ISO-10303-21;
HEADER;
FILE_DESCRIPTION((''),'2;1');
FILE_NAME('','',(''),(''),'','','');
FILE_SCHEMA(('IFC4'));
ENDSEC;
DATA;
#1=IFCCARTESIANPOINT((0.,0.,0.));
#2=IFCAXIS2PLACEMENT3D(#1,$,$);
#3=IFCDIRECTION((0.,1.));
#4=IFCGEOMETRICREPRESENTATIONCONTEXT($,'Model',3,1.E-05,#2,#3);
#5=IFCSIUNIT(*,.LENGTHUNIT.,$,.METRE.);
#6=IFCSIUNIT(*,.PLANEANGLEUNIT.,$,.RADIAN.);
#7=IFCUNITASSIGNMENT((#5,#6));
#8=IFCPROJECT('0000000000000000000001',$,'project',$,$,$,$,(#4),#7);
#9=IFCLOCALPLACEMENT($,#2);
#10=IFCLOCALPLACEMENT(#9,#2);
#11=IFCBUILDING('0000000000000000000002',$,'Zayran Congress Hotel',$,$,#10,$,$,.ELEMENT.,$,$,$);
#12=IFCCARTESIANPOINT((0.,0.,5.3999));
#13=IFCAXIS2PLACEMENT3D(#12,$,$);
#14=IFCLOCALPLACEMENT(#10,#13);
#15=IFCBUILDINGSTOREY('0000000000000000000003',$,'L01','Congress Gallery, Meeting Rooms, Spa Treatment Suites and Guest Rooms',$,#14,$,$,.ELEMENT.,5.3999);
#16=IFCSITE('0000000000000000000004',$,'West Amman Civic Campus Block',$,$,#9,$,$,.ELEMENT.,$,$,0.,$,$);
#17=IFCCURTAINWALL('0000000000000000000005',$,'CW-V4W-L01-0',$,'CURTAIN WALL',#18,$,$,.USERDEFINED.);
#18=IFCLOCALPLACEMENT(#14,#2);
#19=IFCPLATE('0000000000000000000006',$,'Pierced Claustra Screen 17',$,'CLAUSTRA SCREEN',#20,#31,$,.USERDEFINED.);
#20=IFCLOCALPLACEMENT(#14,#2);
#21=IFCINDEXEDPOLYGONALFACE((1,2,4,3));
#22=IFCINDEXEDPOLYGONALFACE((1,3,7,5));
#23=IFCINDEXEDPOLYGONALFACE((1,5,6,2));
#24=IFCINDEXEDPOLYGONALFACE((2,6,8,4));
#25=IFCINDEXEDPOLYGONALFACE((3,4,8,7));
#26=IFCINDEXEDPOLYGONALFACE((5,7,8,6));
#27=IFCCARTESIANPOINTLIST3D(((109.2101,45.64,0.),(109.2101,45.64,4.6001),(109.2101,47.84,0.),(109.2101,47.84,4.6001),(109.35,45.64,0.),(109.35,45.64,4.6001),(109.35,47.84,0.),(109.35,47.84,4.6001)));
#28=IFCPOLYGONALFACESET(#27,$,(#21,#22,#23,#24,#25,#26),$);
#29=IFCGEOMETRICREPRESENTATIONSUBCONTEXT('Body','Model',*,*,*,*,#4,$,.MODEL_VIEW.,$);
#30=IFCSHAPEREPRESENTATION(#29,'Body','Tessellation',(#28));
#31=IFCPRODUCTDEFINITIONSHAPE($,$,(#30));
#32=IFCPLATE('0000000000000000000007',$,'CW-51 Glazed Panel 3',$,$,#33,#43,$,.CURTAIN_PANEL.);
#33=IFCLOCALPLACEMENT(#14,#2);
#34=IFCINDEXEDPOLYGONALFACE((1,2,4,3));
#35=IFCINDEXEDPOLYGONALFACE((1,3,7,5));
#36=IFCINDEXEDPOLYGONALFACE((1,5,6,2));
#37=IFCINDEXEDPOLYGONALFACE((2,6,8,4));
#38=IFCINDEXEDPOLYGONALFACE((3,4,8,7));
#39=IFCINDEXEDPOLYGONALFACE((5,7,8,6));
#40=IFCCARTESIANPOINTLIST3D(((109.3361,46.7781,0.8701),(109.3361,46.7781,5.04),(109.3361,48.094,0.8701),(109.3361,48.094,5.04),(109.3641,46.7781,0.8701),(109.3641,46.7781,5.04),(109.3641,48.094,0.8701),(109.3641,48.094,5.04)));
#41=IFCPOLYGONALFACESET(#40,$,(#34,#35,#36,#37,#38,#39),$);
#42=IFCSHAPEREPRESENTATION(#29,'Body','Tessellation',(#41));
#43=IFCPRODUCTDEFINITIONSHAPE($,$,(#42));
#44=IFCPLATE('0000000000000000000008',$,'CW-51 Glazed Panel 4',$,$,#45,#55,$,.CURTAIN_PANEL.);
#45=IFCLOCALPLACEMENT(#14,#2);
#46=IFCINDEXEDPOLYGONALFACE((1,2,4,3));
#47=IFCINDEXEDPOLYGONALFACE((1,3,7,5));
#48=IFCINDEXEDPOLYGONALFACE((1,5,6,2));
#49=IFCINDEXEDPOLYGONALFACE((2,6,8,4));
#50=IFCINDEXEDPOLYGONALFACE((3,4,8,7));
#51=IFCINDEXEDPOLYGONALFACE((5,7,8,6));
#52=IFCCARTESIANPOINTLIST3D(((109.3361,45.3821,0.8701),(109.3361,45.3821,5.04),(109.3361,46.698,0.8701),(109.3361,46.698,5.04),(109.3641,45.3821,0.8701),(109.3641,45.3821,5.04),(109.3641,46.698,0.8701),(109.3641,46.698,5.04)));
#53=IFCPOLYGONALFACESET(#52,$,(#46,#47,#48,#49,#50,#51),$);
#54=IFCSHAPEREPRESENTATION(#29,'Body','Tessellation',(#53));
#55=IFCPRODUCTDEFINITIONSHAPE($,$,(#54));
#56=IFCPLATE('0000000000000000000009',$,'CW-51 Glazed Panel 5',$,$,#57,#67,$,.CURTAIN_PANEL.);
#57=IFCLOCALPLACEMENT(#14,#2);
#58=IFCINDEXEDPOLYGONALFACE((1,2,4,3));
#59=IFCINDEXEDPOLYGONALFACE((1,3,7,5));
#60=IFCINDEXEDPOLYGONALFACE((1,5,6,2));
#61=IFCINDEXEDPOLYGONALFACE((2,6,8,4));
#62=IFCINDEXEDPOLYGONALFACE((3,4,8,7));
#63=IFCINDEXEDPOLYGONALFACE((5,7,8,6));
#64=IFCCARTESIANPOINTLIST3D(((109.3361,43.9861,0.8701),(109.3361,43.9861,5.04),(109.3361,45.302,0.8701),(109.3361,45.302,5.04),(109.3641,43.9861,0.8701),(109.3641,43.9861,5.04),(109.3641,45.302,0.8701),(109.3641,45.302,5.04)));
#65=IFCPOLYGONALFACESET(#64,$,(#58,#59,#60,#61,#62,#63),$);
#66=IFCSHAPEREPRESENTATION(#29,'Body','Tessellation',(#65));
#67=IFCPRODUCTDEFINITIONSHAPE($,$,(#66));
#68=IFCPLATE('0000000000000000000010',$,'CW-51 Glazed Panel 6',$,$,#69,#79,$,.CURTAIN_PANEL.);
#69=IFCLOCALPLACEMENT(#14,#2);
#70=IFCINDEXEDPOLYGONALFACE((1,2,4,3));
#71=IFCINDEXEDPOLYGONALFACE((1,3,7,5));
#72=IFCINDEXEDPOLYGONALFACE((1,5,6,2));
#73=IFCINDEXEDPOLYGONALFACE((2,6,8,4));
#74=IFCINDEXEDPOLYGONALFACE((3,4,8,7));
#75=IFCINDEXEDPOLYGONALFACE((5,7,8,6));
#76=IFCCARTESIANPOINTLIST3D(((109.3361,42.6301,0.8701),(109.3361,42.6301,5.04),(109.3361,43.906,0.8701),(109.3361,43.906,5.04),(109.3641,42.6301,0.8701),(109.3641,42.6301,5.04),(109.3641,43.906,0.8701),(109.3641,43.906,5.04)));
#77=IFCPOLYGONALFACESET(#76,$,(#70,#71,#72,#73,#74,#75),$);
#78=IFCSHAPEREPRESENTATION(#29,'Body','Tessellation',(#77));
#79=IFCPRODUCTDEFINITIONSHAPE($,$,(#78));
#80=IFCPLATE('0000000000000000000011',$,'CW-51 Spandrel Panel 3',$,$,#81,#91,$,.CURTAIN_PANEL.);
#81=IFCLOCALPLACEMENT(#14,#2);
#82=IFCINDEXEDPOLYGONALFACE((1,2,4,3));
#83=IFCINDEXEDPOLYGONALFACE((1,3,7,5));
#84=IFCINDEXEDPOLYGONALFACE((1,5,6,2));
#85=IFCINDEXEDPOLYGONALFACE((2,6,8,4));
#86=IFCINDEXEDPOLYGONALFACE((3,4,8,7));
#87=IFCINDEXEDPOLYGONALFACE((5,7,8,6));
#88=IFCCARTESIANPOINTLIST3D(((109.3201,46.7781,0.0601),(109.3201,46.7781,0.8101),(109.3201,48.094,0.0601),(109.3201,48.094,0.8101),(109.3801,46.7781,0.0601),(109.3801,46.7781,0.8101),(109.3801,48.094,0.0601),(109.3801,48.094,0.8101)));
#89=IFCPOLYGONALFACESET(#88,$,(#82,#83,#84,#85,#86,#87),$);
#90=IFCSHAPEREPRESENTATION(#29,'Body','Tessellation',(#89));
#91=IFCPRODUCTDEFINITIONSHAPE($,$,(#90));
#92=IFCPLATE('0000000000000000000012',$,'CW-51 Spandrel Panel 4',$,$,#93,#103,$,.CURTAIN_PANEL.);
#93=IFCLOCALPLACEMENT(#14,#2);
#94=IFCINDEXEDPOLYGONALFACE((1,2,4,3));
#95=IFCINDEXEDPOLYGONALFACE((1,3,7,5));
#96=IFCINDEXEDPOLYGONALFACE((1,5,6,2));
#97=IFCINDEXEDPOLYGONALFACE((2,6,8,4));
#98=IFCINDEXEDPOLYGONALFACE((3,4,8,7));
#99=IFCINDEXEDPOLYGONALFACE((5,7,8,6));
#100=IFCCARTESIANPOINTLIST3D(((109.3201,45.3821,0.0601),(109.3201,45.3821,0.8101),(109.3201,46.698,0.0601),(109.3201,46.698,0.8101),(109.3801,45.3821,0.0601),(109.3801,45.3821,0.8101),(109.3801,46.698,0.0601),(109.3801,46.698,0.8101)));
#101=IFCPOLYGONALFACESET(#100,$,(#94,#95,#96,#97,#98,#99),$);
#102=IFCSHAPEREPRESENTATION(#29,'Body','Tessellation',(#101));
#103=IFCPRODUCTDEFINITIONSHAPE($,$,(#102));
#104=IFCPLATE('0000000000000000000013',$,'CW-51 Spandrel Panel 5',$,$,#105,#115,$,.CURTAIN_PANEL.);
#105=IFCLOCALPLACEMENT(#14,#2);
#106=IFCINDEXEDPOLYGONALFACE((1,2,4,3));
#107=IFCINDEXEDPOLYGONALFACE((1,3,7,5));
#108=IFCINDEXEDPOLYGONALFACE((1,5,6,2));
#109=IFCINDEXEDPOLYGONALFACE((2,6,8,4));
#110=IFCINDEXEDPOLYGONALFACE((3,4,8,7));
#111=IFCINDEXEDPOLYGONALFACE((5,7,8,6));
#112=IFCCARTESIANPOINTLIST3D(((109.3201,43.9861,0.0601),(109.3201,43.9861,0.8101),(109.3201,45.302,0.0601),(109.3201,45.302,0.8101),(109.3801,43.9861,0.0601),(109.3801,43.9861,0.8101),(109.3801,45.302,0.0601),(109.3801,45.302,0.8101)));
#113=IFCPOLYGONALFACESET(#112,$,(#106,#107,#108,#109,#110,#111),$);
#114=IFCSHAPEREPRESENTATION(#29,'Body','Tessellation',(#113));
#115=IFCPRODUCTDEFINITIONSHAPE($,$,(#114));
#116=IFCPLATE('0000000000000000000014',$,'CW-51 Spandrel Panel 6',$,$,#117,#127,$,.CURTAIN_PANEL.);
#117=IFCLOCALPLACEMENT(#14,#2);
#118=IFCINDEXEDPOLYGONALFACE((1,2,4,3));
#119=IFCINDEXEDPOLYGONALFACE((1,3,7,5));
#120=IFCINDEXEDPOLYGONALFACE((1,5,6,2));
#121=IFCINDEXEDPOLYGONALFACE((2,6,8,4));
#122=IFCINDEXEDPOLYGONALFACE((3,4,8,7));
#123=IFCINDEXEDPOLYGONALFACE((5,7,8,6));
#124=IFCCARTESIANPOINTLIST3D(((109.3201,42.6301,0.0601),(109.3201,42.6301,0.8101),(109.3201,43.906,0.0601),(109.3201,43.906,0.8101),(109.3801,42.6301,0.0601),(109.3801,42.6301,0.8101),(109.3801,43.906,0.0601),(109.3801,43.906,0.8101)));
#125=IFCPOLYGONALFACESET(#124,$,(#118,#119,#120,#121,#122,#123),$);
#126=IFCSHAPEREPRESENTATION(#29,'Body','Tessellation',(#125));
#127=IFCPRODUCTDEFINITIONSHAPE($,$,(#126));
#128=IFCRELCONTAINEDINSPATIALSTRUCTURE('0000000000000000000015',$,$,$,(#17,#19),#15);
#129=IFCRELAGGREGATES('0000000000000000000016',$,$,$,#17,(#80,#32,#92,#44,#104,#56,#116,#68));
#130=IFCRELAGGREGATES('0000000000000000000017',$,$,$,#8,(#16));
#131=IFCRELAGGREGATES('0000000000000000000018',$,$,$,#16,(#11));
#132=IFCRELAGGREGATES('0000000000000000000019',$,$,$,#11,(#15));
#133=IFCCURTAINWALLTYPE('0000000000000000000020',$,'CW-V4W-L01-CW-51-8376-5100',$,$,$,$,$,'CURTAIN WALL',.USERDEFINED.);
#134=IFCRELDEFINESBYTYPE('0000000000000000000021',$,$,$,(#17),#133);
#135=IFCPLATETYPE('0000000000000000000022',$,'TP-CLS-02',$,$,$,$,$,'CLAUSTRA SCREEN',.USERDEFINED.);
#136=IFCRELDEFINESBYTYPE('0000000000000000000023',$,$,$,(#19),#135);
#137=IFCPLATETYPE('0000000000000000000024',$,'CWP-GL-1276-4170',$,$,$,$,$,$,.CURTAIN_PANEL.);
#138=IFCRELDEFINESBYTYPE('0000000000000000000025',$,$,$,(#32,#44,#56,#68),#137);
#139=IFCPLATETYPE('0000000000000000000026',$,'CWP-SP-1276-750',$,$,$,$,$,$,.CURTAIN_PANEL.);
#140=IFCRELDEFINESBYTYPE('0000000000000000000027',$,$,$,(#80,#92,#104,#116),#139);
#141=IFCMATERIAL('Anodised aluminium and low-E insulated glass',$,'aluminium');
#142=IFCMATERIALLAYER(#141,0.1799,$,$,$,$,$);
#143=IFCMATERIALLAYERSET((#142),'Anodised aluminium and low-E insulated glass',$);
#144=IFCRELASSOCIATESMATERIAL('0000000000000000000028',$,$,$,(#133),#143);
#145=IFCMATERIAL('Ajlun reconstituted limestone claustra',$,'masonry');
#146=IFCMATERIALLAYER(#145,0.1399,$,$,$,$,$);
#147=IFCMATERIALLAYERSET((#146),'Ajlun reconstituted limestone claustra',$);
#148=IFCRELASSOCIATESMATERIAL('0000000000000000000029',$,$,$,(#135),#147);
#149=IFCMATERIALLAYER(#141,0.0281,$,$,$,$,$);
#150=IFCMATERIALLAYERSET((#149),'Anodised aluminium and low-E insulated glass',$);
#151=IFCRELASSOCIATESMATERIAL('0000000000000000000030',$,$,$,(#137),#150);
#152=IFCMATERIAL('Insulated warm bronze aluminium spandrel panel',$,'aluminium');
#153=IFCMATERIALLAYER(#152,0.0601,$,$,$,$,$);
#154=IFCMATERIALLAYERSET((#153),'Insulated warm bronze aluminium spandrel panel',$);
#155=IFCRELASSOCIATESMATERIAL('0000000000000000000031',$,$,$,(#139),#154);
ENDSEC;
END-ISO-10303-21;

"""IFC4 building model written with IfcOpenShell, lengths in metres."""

from ifc_helpers import new_model, si_unit, direction, frame, origin, origin_2d, place, context, subcontext, project, spatial, rectangle, extrude, material, layer, layer_set, type_object, element, aggregate, save


model = new_model("IFC4")

# Units and contexts
model_context = context("Model", 3, precision=1e-05, world=origin(), true_north=direction((0.0, 1.0)))
body_context = subcontext(model_context, "Body", "Model", "MODEL_VIEW")
ifc_project = project(units=[si_unit("LENGTHUNIT", "METRE"), si_unit("PLANEANGLEUNIT", "RADIAN")], contexts=[model_context])

# Site, building, storey
site_placement = place(None, origin())
site = spatial("IfcSite", under=ifc_project, at=site_placement, Name="West Amman Civic Campus Block", CompositionType="ELEMENT", RefElevation=0.0)
building_placement = place(site_placement, origin())
building = spatial("IfcBuilding", under=site, at=building_placement, Name="Zayran Congress Hotel", CompositionType="ELEMENT")
storey_placement = place(building_placement, frame((0.0, 0.0, 5.3999)))
storey = spatial("IfcBuildingStorey", under=building, at=storey_placement, Name="L01", Description="Congress Gallery, Meeting Rooms, Spa Treatment Suites and Guest Rooms", CompositionType="ELEMENT", Elevation=5.3999)

# Curtain wall
ifc_material_1 = material(Name="Anodised aluminium and low-E insulated glass", Category="aluminium")
ifc_layer_1 = layer(ifc_material_1, 0.1799)
ifc_layer_set_1 = layer_set([ifc_layer_1], Name="Anodised aluminium and low-E insulated glass")
curtain_wall_type = type_object("IfcCurtainWallType", Name="CW-V4W-L01-CW-51-8376-5100", ElementType="CURTAIN WALL", PredefinedType="USERDEFINED", material=ifc_layer_set_1)
curtain_wall_placement = place(storey_placement, origin())
curtain_wall = element("IfcCurtainWall", 1, at=curtain_wall_placement, inside=storey, type_object=curtain_wall_type, Name="CW-V4W-L01-0", ObjectType="CURTAIN WALL", PredefinedType="USERDEFINED")

# Plates
ifc_material_2 = material(Name="Ajlun reconstituted limestone claustra", Category="masonry")
ifc_layer_2 = layer(ifc_material_2, 0.1399)
ifc_layer_set_2 = layer_set([ifc_layer_2], Name="Ajlun reconstituted limestone claustra")
plate_type_1 = type_object("IfcPlateType", Name="TP-CLS-02", ElementType="CLAUSTRA SCREEN", PredefinedType="USERDEFINED", material=ifc_layer_set_2)
plate_1_placement = place(storey_placement, frame((109.28, 46.74, 0.0), z_axis=(0.0, 0.0, 1.0), x_axis=(0.0, 1.0, 0.0)))
element("IfcPlate", 2, at=plate_1_placement, inside=storey, type_object=plate_type_1, Name="Pierced Claustra Screen 17", ObjectType="CLAUSTRA SCREEN", PredefinedType="USERDEFINED", context=body_context, shape_type="SweptSolid", body=[
    extrude(rectangle(XDim=2.2, YDim=0.1399, at=origin_2d()), origin(), (0.0, 0.0, 1.0), 4.6001),
])
ifc_layer_3 = layer(ifc_material_1, 0.0281)
ifc_layer_set_3 = layer_set([ifc_layer_3], Name="Anodised aluminium and low-E insulated glass")
plate_type_2 = type_object("IfcPlateType", Name="CWP-GL-1276-4170", PredefinedType="CURTAIN_PANEL", material=ifc_layer_set_3)
plate_2_placement = place(storey_placement, frame((109.3501, 47.436, 0.8701), z_axis=(0.0, 0.0, 1.0), x_axis=(0.0, 1.0, 0.0)))
plate_2 = element("IfcPlate", 3, at=plate_2_placement, type_object=plate_type_2, Name="CW-51 Glazed Panel 3", PredefinedType="CURTAIN_PANEL", context=body_context, shape_type="SweptSolid", body=[
    extrude(rectangle(XDim=1.3159, YDim=0.0281, at=origin_2d()), origin(), (0.0, 0.0, 1.0), 4.1699),
])
plate_3_placement = place(storey_placement, frame((109.3501, 46.04, 0.8701), z_axis=(0.0, 0.0, 1.0), x_axis=(0.0, 1.0, 0.0)))
plate_3 = element("IfcPlate", 4, at=plate_3_placement, type_object=plate_type_2, Name="CW-51 Glazed Panel 4", PredefinedType="CURTAIN_PANEL", context=body_context, shape_type="SweptSolid", body=[
    extrude(rectangle(XDim=1.3159, YDim=0.0281, at=origin_2d()), origin(), (0.0, 0.0, 1.0), 4.1699),
])
plate_4_placement = place(storey_placement, frame((109.3501, 44.644, 0.8701), z_axis=(0.0, 0.0, 1.0), x_axis=(0.0, 1.0, 0.0)))
plate_4 = element("IfcPlate", 5, at=plate_4_placement, type_object=plate_type_2, Name="CW-51 Glazed Panel 5", PredefinedType="CURTAIN_PANEL", context=body_context, shape_type="SweptSolid", body=[
    extrude(rectangle(XDim=1.3159, YDim=0.0281, at=origin_2d()), origin(), (0.0, 0.0, 1.0), 4.1699),
])
plate_5_placement = place(storey_placement, frame((109.3501, 43.2681, 0.8701), z_axis=(0.0, 0.0, 1.0), x_axis=(0.0, 1.0, 0.0)))
plate_5 = element("IfcPlate", 6, at=plate_5_placement, type_object=plate_type_2, Name="CW-51 Glazed Panel 6", PredefinedType="CURTAIN_PANEL", context=body_context, shape_type="SweptSolid", body=[
    extrude(rectangle(XDim=1.2759, YDim=0.0281, at=origin_2d()), origin(), (0.0, 0.0, 1.0), 4.1699),
])
ifc_material_3 = material(Name="Insulated warm bronze aluminium spandrel panel", Category="aluminium")
ifc_layer_4 = layer(ifc_material_3, 0.0601)
ifc_layer_set_4 = layer_set([ifc_layer_4], Name="Insulated warm bronze aluminium spandrel panel")
plate_type_3 = type_object("IfcPlateType", Name="CWP-SP-1276-750", PredefinedType="CURTAIN_PANEL", material=ifc_layer_set_4)
plate_6_placement = place(storey_placement, frame((109.3501, 47.436, 0.0601), z_axis=(0.0, 0.0, 1.0), x_axis=(0.0, 1.0, 0.0)))
plate_6 = element("IfcPlate", 7, at=plate_6_placement, type_object=plate_type_3, Name="CW-51 Spandrel Panel 3", PredefinedType="CURTAIN_PANEL", context=body_context, shape_type="SweptSolid", body=[
    extrude(rectangle(XDim=1.3159, YDim=0.0601, at=origin_2d()), origin(), (0.0, 0.0, 1.0), 0.75),
])
plate_7_placement = place(storey_placement, frame((109.3501, 46.04, 0.0601), z_axis=(0.0, 0.0, 1.0), x_axis=(0.0, 1.0, 0.0)))
plate_7 = element("IfcPlate", 8, at=plate_7_placement, type_object=plate_type_3, Name="CW-51 Spandrel Panel 4", PredefinedType="CURTAIN_PANEL", context=body_context, shape_type="SweptSolid", body=[
    extrude(rectangle(XDim=1.3159, YDim=0.0601, at=origin_2d()), origin(), (0.0, 0.0, 1.0), 0.75),
])
plate_8_placement = place(storey_placement, frame((109.3501, 44.644, 0.0601), z_axis=(0.0, 0.0, 1.0), x_axis=(0.0, 1.0, 0.0)))
plate_8 = element("IfcPlate", 9, at=plate_8_placement, type_object=plate_type_3, Name="CW-51 Spandrel Panel 5", PredefinedType="CURTAIN_PANEL", context=body_context, shape_type="SweptSolid", body=[
    extrude(rectangle(XDim=1.3159, YDim=0.0601, at=origin_2d()), origin(), (0.0, 0.0, 1.0), 0.75),
])
plate_9_placement = place(storey_placement, frame((109.3501, 43.2681, 0.0601), z_axis=(0.0, 0.0, 1.0), x_axis=(0.0, 1.0, 0.0)))
plate_9 = element("IfcPlate", 10, at=plate_9_placement, type_object=plate_type_3, Name="CW-51 Spandrel Panel 6", PredefinedType="CURTAIN_PANEL", context=body_context, shape_type="SweptSolid", body=[
    extrude(rectangle(XDim=1.2759, YDim=0.0601, at=origin_2d()), origin(), (0.0, 0.0, 1.0), 0.75),
])
aggregate(curtain_wall, [plate_6, plate_2, plate_7, plate_3, plate_8, plate_4, plate_9, plate_5])

save(model, "model.ifc")
